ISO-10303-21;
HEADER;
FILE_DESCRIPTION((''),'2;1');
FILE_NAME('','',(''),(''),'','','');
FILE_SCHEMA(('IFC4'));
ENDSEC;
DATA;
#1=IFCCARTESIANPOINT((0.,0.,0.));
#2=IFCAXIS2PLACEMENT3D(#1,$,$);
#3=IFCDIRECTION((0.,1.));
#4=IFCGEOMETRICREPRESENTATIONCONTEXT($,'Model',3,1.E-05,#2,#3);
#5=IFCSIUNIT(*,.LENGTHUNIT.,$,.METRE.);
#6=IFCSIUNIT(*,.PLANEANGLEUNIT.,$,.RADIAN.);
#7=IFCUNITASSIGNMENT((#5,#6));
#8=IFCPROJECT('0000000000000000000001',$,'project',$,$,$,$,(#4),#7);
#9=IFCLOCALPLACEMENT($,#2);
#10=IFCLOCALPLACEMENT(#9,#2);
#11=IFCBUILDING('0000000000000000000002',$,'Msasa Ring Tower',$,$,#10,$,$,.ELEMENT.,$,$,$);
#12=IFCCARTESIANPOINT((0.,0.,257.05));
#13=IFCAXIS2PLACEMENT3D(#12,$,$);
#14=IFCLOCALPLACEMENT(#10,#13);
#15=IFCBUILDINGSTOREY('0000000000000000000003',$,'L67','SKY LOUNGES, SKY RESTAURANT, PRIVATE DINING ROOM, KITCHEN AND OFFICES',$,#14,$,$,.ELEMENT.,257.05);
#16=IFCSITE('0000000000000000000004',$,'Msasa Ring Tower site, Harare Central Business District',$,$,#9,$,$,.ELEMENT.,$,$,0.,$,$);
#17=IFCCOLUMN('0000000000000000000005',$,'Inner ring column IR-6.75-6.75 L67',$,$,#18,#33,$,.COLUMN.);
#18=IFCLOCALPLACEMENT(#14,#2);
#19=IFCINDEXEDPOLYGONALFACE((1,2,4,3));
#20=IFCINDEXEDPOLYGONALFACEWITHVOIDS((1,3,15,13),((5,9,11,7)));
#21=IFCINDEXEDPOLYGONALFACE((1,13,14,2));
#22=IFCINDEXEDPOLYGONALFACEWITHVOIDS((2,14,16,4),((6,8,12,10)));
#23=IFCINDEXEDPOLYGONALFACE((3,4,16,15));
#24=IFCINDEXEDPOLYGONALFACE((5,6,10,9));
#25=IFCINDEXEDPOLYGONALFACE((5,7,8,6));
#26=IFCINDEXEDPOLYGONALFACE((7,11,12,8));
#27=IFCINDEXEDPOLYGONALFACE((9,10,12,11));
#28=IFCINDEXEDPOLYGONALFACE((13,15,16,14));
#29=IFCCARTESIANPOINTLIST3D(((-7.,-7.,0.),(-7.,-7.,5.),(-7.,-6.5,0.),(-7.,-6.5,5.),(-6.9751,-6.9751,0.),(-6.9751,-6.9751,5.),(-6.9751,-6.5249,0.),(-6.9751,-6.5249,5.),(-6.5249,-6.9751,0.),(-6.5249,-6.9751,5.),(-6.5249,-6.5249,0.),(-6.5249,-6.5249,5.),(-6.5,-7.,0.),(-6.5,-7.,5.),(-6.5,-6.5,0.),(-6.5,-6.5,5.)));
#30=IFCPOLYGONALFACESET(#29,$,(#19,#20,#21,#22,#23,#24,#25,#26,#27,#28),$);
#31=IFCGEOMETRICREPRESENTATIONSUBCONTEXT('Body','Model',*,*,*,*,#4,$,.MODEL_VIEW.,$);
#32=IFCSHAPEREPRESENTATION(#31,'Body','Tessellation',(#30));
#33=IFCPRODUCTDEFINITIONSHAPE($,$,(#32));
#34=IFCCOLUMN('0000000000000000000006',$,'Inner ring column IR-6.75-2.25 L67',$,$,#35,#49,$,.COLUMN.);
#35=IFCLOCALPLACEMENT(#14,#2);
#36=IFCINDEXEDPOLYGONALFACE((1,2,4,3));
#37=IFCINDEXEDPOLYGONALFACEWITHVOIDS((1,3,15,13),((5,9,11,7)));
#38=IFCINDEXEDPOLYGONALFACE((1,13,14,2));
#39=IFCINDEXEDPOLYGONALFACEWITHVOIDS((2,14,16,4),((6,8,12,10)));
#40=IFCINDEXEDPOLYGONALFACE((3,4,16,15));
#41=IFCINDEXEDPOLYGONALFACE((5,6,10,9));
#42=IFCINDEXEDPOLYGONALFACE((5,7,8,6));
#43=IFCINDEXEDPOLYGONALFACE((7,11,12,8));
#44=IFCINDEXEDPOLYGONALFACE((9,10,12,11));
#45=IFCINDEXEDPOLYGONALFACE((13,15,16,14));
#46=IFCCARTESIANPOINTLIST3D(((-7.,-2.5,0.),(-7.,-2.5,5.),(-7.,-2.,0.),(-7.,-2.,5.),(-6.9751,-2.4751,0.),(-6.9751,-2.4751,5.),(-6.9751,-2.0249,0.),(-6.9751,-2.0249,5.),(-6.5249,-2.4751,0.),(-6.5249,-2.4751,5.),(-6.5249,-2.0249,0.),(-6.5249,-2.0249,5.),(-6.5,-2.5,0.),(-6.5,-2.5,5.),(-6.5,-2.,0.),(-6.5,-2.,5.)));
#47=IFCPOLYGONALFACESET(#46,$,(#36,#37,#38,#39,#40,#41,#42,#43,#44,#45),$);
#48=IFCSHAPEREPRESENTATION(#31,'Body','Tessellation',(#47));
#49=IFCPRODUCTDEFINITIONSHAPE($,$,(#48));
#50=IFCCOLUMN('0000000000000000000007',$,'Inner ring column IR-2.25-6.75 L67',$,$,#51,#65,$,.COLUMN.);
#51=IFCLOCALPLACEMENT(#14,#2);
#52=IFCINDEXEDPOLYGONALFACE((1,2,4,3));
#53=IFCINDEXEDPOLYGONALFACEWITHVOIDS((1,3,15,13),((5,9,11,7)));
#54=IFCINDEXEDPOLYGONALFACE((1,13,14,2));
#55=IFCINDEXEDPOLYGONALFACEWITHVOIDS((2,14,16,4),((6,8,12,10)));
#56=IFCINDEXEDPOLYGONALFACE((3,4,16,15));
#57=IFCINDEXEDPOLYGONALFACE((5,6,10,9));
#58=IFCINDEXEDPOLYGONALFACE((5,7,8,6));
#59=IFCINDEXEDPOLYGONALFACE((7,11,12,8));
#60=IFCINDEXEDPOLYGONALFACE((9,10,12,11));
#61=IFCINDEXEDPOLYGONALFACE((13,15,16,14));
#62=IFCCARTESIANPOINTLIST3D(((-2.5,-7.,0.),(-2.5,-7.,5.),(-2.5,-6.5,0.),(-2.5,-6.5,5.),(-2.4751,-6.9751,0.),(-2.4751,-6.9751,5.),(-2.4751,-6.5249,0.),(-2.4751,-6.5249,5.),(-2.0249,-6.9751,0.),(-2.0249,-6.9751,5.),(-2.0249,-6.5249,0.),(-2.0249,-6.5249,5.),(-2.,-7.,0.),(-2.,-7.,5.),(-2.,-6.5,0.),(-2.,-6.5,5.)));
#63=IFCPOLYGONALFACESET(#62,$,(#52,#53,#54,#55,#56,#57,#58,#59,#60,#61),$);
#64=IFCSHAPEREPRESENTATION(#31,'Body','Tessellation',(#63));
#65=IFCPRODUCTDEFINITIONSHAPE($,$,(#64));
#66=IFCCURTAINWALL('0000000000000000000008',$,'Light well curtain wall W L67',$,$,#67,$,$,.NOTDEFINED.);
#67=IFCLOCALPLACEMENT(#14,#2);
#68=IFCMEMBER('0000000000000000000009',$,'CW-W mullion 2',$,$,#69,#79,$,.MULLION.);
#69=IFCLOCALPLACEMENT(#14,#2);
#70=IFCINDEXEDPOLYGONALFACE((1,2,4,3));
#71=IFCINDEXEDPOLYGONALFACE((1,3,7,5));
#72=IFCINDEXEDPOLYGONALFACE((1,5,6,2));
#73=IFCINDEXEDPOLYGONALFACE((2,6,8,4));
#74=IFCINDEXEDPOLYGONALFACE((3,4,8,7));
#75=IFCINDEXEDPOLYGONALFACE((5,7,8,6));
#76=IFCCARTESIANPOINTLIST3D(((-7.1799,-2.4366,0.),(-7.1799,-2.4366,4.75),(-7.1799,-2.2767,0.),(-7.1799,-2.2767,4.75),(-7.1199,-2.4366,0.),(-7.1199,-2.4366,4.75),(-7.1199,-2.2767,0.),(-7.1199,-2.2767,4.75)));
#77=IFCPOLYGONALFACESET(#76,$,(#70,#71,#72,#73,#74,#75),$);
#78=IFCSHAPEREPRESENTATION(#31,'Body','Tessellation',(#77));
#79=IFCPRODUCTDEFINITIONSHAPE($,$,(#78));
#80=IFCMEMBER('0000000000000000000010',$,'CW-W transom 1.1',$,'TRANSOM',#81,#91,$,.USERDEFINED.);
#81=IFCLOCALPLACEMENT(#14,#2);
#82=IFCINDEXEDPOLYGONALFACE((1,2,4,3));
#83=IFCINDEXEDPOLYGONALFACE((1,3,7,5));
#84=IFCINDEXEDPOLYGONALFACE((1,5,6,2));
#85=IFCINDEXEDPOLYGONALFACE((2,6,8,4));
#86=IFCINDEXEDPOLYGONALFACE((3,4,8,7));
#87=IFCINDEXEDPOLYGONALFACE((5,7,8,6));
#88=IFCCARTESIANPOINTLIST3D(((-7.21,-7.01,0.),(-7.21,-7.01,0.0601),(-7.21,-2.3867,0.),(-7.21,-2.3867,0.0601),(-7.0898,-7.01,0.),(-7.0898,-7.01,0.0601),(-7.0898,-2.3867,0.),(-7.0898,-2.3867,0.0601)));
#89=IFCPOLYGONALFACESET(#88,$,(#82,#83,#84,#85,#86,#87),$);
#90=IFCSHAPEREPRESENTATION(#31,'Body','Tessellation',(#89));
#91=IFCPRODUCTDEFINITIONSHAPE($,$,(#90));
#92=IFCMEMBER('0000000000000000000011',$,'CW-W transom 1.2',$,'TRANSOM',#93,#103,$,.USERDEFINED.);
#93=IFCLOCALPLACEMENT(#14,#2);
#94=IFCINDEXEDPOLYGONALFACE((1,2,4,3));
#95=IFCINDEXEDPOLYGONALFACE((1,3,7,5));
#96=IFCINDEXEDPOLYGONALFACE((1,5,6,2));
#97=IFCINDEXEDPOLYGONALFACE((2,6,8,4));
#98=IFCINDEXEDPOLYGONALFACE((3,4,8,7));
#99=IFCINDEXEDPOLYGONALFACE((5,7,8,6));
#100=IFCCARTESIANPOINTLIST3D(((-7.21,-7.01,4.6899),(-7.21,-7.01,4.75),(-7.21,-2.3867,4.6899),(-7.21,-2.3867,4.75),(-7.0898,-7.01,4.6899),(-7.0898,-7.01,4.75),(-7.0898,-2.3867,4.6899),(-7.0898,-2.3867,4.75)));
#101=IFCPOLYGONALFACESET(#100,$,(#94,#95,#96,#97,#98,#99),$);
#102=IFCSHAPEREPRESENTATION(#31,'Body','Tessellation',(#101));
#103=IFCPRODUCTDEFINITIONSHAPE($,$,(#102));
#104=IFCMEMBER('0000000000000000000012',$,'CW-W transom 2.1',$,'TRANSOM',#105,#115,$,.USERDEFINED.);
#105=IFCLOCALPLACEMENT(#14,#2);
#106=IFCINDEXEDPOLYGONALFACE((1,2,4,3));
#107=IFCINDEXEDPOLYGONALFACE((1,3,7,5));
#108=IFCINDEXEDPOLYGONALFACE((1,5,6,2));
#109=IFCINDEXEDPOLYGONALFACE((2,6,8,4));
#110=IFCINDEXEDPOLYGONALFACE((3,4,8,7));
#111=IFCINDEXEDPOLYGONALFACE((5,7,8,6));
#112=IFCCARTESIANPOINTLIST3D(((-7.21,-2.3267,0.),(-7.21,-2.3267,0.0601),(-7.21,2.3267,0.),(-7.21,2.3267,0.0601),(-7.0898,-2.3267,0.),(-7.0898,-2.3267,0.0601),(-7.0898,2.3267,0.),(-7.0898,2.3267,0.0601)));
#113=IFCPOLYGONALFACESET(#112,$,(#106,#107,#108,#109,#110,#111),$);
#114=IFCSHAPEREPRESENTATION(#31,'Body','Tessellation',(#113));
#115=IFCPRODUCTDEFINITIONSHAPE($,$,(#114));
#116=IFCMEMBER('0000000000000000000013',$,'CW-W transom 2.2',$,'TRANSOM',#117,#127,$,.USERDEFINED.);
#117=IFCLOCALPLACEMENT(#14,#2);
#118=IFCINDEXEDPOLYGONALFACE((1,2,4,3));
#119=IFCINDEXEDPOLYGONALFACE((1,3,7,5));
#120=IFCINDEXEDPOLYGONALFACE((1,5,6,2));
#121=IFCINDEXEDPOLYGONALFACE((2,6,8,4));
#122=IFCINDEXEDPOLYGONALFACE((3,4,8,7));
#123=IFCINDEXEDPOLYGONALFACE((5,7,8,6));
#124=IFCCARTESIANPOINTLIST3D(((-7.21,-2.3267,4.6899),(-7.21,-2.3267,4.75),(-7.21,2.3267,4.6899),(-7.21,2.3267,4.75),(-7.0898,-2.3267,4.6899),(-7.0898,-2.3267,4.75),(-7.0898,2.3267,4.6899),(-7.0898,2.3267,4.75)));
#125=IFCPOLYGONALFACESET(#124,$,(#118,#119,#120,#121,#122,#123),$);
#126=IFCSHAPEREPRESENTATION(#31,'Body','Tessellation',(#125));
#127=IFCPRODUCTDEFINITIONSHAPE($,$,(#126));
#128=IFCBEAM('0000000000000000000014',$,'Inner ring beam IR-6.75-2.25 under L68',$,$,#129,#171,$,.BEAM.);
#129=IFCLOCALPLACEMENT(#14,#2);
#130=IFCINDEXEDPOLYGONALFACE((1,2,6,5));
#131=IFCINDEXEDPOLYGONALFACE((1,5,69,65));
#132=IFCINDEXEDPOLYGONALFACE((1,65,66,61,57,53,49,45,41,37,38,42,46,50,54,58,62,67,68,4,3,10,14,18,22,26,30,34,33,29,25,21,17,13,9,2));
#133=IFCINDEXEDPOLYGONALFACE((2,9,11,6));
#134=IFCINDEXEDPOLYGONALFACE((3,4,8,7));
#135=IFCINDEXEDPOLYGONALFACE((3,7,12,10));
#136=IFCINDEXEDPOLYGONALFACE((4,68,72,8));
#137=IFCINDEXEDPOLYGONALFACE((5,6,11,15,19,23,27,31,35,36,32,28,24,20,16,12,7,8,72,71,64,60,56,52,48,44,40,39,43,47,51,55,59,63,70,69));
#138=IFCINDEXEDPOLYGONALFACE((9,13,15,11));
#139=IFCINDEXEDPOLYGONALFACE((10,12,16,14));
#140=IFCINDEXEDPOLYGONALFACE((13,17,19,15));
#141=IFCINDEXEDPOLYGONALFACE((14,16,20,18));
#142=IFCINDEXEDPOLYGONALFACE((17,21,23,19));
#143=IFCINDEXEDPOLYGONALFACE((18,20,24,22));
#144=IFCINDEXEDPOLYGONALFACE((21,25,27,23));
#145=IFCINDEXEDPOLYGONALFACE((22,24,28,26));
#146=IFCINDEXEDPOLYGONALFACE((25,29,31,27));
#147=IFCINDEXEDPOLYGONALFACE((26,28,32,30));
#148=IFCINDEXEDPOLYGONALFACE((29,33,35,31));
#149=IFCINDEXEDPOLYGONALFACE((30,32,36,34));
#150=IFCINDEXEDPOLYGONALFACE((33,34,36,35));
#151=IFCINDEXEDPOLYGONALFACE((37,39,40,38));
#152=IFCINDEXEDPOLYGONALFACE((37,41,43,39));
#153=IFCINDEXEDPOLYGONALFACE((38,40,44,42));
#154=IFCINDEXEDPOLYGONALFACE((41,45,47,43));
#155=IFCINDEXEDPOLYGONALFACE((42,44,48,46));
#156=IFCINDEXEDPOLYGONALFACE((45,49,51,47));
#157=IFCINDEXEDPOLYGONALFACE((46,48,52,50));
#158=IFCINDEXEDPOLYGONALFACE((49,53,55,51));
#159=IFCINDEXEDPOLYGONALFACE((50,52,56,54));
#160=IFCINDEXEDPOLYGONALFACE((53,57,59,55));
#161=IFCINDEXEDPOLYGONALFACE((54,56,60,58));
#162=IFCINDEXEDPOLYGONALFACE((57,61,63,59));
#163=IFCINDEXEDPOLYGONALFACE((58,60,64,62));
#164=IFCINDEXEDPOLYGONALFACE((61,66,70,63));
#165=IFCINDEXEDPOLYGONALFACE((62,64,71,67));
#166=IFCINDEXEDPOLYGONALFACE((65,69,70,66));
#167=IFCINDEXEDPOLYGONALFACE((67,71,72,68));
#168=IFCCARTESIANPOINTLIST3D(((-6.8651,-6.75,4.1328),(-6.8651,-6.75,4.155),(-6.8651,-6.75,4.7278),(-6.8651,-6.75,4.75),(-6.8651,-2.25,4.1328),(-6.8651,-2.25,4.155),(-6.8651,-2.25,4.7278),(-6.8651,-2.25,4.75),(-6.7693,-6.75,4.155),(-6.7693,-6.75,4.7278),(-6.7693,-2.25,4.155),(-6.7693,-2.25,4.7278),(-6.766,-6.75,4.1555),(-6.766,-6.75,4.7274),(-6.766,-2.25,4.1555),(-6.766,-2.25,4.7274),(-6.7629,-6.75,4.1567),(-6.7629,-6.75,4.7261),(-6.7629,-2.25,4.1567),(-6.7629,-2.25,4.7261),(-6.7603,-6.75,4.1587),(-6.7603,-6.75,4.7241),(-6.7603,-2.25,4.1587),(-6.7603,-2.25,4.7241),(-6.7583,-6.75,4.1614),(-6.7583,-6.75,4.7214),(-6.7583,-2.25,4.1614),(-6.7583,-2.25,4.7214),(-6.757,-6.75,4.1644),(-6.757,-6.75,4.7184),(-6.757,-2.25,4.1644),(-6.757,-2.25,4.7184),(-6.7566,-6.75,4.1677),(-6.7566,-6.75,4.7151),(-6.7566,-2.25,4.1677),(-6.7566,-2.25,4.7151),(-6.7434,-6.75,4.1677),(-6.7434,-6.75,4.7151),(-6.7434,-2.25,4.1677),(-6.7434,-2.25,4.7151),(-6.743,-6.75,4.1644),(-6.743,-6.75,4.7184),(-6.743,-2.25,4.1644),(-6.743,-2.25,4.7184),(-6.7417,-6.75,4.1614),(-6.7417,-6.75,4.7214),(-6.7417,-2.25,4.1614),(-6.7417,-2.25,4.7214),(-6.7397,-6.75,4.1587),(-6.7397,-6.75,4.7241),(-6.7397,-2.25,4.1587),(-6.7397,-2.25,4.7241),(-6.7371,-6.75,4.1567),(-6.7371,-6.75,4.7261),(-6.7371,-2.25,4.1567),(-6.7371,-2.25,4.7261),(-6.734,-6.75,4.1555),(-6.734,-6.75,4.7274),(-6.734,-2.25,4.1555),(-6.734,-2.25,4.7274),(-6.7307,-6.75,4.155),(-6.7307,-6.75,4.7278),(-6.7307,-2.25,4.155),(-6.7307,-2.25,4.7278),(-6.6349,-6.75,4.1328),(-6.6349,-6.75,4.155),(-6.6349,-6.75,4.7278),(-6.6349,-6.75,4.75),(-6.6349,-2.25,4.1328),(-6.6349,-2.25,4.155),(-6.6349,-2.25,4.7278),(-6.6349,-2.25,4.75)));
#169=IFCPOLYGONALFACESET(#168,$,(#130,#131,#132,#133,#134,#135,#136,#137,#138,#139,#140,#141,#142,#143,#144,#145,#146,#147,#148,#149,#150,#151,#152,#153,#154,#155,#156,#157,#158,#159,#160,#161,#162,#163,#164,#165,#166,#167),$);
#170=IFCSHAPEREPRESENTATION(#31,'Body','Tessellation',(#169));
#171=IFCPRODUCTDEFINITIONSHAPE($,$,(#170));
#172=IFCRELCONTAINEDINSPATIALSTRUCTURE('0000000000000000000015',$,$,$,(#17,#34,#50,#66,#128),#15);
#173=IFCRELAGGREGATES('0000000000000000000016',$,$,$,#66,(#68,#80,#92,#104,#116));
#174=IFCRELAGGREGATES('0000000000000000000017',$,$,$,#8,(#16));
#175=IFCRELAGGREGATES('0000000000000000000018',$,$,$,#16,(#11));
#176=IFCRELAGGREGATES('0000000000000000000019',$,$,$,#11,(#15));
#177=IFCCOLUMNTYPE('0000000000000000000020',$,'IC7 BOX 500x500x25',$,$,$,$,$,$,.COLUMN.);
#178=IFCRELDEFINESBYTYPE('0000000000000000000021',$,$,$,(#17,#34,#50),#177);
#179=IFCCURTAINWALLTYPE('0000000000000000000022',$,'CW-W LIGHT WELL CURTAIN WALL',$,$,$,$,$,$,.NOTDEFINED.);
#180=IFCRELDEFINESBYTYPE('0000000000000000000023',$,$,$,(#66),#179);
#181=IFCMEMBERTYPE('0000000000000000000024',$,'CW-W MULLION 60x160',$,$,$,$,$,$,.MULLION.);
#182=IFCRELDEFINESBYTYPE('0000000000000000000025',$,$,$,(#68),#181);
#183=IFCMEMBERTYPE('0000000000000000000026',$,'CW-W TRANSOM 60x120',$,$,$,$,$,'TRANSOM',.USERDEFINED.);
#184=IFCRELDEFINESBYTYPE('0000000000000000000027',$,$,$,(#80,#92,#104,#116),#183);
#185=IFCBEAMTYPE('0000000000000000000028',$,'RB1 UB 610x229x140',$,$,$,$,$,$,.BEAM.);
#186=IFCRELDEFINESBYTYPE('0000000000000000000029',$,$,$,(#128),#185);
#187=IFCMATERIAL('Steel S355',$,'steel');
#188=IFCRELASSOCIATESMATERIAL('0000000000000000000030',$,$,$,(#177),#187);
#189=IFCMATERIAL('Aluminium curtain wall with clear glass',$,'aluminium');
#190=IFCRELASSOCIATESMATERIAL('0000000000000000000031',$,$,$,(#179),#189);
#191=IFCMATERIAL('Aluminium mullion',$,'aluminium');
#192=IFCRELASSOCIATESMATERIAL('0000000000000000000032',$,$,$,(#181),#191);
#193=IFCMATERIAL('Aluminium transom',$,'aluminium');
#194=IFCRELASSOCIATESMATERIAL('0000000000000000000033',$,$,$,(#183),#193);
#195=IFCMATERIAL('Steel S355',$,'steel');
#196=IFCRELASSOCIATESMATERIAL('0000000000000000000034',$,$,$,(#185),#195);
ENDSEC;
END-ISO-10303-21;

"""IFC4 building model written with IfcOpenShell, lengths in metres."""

from ifc_helpers import new_model, si_unit, direction, frame, origin, origin_2d, place, context, subcontext, project, spatial, rectangle, hollow_rectangle, i_section, extrude, material, material_profile, profile_set, type_object, element, aggregate, save


model = new_model("IFC4")

# Units and contexts
model_context = context("Model", 3, precision=1e-05, world=origin(), true_north=direction((0.0, 1.0)))
body_context = subcontext(model_context, "Body", "Model", "MODEL_VIEW")
ifc_project = project(units=[si_unit("LENGTHUNIT", "METRE"), si_unit("PLANEANGLEUNIT", "RADIAN")], contexts=[model_context])

# Site, building, storey
site_placement = place(None, origin())
site = spatial("IfcSite", under=ifc_project, at=site_placement, Name="Msasa Ring Tower site, Harare Central Business District", CompositionType="ELEMENT", RefElevation=0.0)
building_placement = place(site_placement, origin())
building = spatial("IfcBuilding", under=site, at=building_placement, Name="Msasa Ring Tower", CompositionType="ELEMENT")
storey_placement = place(building_placement, frame((0.0, 0.0, 257.05)))
storey = spatial("IfcBuildingStorey", under=building, at=storey_placement, Name="L67", Description="SKY LOUNGES, SKY RESTAURANT, PRIVATE DINING ROOM, KITCHEN AND OFFICES", CompositionType="ELEMENT", Elevation=257.05)

# Columns
ifc_material_1 = material(Name="Steel S355", Category="steel")
ifc_material_profile_1 = material_profile(ifc_material_1, hollow_rectangle(XDim=0.5, YDim=0.5, WallThickness=0.0249, at=origin_2d()), Name="BOX 500x500x25")
ifc_profile_set_1 = profile_set([ifc_material_profile_1], Name="Steel S355")
column_type = type_object("IfcColumnType", Name="IC7 BOX 500x500x25", PredefinedType="COLUMN", material=ifc_profile_set_1)
for number, where, z_axis, x_axis, name in (
    (1, (-6.75, -6.75, 0.0), (0.0, 0.0, 1.0), (1.0, 0.0, 0.0), "Inner ring column IR-6.75-6.75 L67"),
    (2, (-6.75, -2.25, 0.0), (0.0, 0.0, 1.0), (1.0, 0.0, 0.0), "Inner ring column IR-6.75-2.25 L67"),
    (3, (-2.25, -6.75, 0.0), (0.0, 0.0, 1.0), (1.0, 0.0, 0.0), "Inner ring column IR-2.25-6.75 L67"),
):
    element("IfcColumn", number, at=place(storey_placement, frame(where, z_axis=z_axis, x_axis=x_axis)), inside=storey, type_object=column_type, Name=name, PredefinedType="COLUMN", context=body_context, shape_type="SweptSolid", body=[
        extrude(hollow_rectangle(XDim=0.5, YDim=0.5, WallThickness=0.0249, at=origin_2d()), origin(), (0.0, 0.0, 1.0), 5.0),
    ])

# Curtain wall, members
ifc_material_2 = material(Name="Aluminium curtain wall with clear glass", Category="aluminium")
curtain_wall_type = type_object("IfcCurtainWallType", Name="CW-W LIGHT WELL CURTAIN WALL", PredefinedType="NOTDEFINED", material=ifc_material_2)
curtain_wall_placement = place(storey_placement, origin())
curtain_wall = element("IfcCurtainWall", 4, at=curtain_wall_placement, inside=storey, type_object=curtain_wall_type, Name="Light well curtain wall W L67", PredefinedType="NOTDEFINED")
ifc_material_3 = material(Name="Aluminium mullion", Category="aluminium")
ifc_material_profile_2 = material_profile(ifc_material_3, rectangle(XDim=0.0601, YDim=0.1599, at=origin_2d()), Name="AL 60x160")
ifc_profile_set_2 = profile_set([ifc_material_profile_2], Name="Aluminium mullion")
member_type_1 = type_object("IfcMemberType", Name="CW-W MULLION 60x160", PredefinedType="MULLION", material=ifc_profile_set_2)
member_1_placement = place(storey_placement, frame((-7.1499, -2.3567, 0.0), z_axis=(0.0, 0.0, 1.0), x_axis=(-1.0, 0.0, 0.0)))
member_1 = element("IfcMember", 5, at=member_1_placement, type_object=member_type_1, Name="CW-W mullion 2", PredefinedType="MULLION", context=body_context, shape_type="SweptSolid", body=[
    extrude(rectangle(XDim=0.0601, YDim=0.1599, at=origin_2d()), origin(), (0.0, 0.0, 1.0), 4.75),
])
ifc_material_4 = material(Name="Aluminium transom", Category="aluminium")
ifc_material_profile_3 = material_profile(ifc_material_4, rectangle(XDim=0.1201, YDim=0.0601, at=origin_2d()), Name="AL 60x120")
ifc_profile_set_3 = profile_set([ifc_material_profile_3], Name="Aluminium transom")
member_type_2 = type_object("IfcMemberType", Name="CW-W TRANSOM 60x120", ElementType="TRANSOM", PredefinedType="USERDEFINED", material=ifc_profile_set_3)
member_2_placement = place(storey_placement, frame((-7.1499, -7.01, 0.03), z_axis=(0.0, 1.0, 0.0), x_axis=(-1.0, 0.0, 0.0)))
member_2 = element("IfcMember", 6, at=member_2_placement, type_object=member_type_2, Name="CW-W transom 1.1", ObjectType="TRANSOM", PredefinedType="USERDEFINED", context=body_context, shape_type="SweptSolid", body=[
    extrude(rectangle(XDim=0.1201, YDim=0.0601, at=origin_2d()), origin(), (0.0, 0.0, 1.0), 4.6233),
])
member_3_placement = place(storey_placement, frame((-7.1499, -7.01, 4.72), z_axis=(0.0, 1.0, 0.0), x_axis=(-1.0, 0.0, 0.0)))
member_3 = element("IfcMember", 7, at=member_3_placement, type_object=member_type_2, Name="CW-W transom 1.2", ObjectType="TRANSOM", PredefinedType="USERDEFINED", context=body_context, shape_type="SweptSolid", body=[
    extrude(rectangle(XDim=0.1201, YDim=0.0601, at=origin_2d()), origin(), (0.0, 0.0, 1.0), 4.6233),
])
member_4_placement = place(storey_placement, frame((-7.1499, -2.3267, 0.03), z_axis=(0.0, 1.0, 0.0), x_axis=(-1.0, 0.0, 0.0)))
member_4 = element("IfcMember", 8, at=member_4_placement, type_object=member_type_2, Name="CW-W transom 2.1", ObjectType="TRANSOM", PredefinedType="USERDEFINED", context=body_context, shape_type="SweptSolid", body=[
    extrude(rectangle(XDim=0.1201, YDim=0.0601, at=origin_2d()), origin(), (0.0, 0.0, 1.0), 4.6533),
])
member_5_placement = place(storey_placement, frame((-7.1499, -2.3267, 4.72), z_axis=(0.0, 1.0, 0.0), x_axis=(-1.0, 0.0, 0.0)))
member_5 = element("IfcMember", 9, at=member_5_placement, type_object=member_type_2, Name="CW-W transom 2.2", ObjectType="TRANSOM", PredefinedType="USERDEFINED", context=body_context, shape_type="SweptSolid", body=[
    extrude(rectangle(XDim=0.1201, YDim=0.0601, at=origin_2d()), origin(), (0.0, 0.0, 1.0), 4.6533),
])

# Beam
ifc_material_5 = material(Name="Steel S355", Category="steel")
ifc_material_profile_4 = material_profile(ifc_material_5, i_section(OverallWidth=0.2302, OverallDepth=0.6172, WebThickness=0.0132, FlangeThickness=0.0222, FilletRadius=0.0127, at=origin_2d()), Name="UB 610x229x140")
ifc_profile_set_4 = profile_set([ifc_material_profile_4], Name="Steel S355")
beam_type = type_object("IfcBeamType", Name="RB1 UB 610x229x140", PredefinedType="BEAM", material=ifc_profile_set_4)
for number, where, z_axis, x_axis, name in (
    (10, (-6.75, -2.25, 4.4414), (0.0, -1.0, 0.0), (1.0, 0.0, 0.0), "Inner ring beam IR-6.75-2.25 under L68"),
):
    element("IfcBeam", number, at=place(storey_placement, frame(where, z_axis=z_axis, x_axis=x_axis)), inside=storey, type_object=beam_type, Name=name, PredefinedType="BEAM", context=body_context, shape_type="SweptSolid", body=[
        extrude(i_section(OverallWidth=0.2302, OverallDepth=0.6172, WebThickness=0.0132, FlangeThickness=0.0222, FilletRadius=0.0127, at=origin_2d()), origin(), (0.0, 0.0, 1.0), 4.5),
    ])

aggregate(curtain_wall, [member_1, member_2, member_3, member_4, member_5])

save(model, "model.ifc")
